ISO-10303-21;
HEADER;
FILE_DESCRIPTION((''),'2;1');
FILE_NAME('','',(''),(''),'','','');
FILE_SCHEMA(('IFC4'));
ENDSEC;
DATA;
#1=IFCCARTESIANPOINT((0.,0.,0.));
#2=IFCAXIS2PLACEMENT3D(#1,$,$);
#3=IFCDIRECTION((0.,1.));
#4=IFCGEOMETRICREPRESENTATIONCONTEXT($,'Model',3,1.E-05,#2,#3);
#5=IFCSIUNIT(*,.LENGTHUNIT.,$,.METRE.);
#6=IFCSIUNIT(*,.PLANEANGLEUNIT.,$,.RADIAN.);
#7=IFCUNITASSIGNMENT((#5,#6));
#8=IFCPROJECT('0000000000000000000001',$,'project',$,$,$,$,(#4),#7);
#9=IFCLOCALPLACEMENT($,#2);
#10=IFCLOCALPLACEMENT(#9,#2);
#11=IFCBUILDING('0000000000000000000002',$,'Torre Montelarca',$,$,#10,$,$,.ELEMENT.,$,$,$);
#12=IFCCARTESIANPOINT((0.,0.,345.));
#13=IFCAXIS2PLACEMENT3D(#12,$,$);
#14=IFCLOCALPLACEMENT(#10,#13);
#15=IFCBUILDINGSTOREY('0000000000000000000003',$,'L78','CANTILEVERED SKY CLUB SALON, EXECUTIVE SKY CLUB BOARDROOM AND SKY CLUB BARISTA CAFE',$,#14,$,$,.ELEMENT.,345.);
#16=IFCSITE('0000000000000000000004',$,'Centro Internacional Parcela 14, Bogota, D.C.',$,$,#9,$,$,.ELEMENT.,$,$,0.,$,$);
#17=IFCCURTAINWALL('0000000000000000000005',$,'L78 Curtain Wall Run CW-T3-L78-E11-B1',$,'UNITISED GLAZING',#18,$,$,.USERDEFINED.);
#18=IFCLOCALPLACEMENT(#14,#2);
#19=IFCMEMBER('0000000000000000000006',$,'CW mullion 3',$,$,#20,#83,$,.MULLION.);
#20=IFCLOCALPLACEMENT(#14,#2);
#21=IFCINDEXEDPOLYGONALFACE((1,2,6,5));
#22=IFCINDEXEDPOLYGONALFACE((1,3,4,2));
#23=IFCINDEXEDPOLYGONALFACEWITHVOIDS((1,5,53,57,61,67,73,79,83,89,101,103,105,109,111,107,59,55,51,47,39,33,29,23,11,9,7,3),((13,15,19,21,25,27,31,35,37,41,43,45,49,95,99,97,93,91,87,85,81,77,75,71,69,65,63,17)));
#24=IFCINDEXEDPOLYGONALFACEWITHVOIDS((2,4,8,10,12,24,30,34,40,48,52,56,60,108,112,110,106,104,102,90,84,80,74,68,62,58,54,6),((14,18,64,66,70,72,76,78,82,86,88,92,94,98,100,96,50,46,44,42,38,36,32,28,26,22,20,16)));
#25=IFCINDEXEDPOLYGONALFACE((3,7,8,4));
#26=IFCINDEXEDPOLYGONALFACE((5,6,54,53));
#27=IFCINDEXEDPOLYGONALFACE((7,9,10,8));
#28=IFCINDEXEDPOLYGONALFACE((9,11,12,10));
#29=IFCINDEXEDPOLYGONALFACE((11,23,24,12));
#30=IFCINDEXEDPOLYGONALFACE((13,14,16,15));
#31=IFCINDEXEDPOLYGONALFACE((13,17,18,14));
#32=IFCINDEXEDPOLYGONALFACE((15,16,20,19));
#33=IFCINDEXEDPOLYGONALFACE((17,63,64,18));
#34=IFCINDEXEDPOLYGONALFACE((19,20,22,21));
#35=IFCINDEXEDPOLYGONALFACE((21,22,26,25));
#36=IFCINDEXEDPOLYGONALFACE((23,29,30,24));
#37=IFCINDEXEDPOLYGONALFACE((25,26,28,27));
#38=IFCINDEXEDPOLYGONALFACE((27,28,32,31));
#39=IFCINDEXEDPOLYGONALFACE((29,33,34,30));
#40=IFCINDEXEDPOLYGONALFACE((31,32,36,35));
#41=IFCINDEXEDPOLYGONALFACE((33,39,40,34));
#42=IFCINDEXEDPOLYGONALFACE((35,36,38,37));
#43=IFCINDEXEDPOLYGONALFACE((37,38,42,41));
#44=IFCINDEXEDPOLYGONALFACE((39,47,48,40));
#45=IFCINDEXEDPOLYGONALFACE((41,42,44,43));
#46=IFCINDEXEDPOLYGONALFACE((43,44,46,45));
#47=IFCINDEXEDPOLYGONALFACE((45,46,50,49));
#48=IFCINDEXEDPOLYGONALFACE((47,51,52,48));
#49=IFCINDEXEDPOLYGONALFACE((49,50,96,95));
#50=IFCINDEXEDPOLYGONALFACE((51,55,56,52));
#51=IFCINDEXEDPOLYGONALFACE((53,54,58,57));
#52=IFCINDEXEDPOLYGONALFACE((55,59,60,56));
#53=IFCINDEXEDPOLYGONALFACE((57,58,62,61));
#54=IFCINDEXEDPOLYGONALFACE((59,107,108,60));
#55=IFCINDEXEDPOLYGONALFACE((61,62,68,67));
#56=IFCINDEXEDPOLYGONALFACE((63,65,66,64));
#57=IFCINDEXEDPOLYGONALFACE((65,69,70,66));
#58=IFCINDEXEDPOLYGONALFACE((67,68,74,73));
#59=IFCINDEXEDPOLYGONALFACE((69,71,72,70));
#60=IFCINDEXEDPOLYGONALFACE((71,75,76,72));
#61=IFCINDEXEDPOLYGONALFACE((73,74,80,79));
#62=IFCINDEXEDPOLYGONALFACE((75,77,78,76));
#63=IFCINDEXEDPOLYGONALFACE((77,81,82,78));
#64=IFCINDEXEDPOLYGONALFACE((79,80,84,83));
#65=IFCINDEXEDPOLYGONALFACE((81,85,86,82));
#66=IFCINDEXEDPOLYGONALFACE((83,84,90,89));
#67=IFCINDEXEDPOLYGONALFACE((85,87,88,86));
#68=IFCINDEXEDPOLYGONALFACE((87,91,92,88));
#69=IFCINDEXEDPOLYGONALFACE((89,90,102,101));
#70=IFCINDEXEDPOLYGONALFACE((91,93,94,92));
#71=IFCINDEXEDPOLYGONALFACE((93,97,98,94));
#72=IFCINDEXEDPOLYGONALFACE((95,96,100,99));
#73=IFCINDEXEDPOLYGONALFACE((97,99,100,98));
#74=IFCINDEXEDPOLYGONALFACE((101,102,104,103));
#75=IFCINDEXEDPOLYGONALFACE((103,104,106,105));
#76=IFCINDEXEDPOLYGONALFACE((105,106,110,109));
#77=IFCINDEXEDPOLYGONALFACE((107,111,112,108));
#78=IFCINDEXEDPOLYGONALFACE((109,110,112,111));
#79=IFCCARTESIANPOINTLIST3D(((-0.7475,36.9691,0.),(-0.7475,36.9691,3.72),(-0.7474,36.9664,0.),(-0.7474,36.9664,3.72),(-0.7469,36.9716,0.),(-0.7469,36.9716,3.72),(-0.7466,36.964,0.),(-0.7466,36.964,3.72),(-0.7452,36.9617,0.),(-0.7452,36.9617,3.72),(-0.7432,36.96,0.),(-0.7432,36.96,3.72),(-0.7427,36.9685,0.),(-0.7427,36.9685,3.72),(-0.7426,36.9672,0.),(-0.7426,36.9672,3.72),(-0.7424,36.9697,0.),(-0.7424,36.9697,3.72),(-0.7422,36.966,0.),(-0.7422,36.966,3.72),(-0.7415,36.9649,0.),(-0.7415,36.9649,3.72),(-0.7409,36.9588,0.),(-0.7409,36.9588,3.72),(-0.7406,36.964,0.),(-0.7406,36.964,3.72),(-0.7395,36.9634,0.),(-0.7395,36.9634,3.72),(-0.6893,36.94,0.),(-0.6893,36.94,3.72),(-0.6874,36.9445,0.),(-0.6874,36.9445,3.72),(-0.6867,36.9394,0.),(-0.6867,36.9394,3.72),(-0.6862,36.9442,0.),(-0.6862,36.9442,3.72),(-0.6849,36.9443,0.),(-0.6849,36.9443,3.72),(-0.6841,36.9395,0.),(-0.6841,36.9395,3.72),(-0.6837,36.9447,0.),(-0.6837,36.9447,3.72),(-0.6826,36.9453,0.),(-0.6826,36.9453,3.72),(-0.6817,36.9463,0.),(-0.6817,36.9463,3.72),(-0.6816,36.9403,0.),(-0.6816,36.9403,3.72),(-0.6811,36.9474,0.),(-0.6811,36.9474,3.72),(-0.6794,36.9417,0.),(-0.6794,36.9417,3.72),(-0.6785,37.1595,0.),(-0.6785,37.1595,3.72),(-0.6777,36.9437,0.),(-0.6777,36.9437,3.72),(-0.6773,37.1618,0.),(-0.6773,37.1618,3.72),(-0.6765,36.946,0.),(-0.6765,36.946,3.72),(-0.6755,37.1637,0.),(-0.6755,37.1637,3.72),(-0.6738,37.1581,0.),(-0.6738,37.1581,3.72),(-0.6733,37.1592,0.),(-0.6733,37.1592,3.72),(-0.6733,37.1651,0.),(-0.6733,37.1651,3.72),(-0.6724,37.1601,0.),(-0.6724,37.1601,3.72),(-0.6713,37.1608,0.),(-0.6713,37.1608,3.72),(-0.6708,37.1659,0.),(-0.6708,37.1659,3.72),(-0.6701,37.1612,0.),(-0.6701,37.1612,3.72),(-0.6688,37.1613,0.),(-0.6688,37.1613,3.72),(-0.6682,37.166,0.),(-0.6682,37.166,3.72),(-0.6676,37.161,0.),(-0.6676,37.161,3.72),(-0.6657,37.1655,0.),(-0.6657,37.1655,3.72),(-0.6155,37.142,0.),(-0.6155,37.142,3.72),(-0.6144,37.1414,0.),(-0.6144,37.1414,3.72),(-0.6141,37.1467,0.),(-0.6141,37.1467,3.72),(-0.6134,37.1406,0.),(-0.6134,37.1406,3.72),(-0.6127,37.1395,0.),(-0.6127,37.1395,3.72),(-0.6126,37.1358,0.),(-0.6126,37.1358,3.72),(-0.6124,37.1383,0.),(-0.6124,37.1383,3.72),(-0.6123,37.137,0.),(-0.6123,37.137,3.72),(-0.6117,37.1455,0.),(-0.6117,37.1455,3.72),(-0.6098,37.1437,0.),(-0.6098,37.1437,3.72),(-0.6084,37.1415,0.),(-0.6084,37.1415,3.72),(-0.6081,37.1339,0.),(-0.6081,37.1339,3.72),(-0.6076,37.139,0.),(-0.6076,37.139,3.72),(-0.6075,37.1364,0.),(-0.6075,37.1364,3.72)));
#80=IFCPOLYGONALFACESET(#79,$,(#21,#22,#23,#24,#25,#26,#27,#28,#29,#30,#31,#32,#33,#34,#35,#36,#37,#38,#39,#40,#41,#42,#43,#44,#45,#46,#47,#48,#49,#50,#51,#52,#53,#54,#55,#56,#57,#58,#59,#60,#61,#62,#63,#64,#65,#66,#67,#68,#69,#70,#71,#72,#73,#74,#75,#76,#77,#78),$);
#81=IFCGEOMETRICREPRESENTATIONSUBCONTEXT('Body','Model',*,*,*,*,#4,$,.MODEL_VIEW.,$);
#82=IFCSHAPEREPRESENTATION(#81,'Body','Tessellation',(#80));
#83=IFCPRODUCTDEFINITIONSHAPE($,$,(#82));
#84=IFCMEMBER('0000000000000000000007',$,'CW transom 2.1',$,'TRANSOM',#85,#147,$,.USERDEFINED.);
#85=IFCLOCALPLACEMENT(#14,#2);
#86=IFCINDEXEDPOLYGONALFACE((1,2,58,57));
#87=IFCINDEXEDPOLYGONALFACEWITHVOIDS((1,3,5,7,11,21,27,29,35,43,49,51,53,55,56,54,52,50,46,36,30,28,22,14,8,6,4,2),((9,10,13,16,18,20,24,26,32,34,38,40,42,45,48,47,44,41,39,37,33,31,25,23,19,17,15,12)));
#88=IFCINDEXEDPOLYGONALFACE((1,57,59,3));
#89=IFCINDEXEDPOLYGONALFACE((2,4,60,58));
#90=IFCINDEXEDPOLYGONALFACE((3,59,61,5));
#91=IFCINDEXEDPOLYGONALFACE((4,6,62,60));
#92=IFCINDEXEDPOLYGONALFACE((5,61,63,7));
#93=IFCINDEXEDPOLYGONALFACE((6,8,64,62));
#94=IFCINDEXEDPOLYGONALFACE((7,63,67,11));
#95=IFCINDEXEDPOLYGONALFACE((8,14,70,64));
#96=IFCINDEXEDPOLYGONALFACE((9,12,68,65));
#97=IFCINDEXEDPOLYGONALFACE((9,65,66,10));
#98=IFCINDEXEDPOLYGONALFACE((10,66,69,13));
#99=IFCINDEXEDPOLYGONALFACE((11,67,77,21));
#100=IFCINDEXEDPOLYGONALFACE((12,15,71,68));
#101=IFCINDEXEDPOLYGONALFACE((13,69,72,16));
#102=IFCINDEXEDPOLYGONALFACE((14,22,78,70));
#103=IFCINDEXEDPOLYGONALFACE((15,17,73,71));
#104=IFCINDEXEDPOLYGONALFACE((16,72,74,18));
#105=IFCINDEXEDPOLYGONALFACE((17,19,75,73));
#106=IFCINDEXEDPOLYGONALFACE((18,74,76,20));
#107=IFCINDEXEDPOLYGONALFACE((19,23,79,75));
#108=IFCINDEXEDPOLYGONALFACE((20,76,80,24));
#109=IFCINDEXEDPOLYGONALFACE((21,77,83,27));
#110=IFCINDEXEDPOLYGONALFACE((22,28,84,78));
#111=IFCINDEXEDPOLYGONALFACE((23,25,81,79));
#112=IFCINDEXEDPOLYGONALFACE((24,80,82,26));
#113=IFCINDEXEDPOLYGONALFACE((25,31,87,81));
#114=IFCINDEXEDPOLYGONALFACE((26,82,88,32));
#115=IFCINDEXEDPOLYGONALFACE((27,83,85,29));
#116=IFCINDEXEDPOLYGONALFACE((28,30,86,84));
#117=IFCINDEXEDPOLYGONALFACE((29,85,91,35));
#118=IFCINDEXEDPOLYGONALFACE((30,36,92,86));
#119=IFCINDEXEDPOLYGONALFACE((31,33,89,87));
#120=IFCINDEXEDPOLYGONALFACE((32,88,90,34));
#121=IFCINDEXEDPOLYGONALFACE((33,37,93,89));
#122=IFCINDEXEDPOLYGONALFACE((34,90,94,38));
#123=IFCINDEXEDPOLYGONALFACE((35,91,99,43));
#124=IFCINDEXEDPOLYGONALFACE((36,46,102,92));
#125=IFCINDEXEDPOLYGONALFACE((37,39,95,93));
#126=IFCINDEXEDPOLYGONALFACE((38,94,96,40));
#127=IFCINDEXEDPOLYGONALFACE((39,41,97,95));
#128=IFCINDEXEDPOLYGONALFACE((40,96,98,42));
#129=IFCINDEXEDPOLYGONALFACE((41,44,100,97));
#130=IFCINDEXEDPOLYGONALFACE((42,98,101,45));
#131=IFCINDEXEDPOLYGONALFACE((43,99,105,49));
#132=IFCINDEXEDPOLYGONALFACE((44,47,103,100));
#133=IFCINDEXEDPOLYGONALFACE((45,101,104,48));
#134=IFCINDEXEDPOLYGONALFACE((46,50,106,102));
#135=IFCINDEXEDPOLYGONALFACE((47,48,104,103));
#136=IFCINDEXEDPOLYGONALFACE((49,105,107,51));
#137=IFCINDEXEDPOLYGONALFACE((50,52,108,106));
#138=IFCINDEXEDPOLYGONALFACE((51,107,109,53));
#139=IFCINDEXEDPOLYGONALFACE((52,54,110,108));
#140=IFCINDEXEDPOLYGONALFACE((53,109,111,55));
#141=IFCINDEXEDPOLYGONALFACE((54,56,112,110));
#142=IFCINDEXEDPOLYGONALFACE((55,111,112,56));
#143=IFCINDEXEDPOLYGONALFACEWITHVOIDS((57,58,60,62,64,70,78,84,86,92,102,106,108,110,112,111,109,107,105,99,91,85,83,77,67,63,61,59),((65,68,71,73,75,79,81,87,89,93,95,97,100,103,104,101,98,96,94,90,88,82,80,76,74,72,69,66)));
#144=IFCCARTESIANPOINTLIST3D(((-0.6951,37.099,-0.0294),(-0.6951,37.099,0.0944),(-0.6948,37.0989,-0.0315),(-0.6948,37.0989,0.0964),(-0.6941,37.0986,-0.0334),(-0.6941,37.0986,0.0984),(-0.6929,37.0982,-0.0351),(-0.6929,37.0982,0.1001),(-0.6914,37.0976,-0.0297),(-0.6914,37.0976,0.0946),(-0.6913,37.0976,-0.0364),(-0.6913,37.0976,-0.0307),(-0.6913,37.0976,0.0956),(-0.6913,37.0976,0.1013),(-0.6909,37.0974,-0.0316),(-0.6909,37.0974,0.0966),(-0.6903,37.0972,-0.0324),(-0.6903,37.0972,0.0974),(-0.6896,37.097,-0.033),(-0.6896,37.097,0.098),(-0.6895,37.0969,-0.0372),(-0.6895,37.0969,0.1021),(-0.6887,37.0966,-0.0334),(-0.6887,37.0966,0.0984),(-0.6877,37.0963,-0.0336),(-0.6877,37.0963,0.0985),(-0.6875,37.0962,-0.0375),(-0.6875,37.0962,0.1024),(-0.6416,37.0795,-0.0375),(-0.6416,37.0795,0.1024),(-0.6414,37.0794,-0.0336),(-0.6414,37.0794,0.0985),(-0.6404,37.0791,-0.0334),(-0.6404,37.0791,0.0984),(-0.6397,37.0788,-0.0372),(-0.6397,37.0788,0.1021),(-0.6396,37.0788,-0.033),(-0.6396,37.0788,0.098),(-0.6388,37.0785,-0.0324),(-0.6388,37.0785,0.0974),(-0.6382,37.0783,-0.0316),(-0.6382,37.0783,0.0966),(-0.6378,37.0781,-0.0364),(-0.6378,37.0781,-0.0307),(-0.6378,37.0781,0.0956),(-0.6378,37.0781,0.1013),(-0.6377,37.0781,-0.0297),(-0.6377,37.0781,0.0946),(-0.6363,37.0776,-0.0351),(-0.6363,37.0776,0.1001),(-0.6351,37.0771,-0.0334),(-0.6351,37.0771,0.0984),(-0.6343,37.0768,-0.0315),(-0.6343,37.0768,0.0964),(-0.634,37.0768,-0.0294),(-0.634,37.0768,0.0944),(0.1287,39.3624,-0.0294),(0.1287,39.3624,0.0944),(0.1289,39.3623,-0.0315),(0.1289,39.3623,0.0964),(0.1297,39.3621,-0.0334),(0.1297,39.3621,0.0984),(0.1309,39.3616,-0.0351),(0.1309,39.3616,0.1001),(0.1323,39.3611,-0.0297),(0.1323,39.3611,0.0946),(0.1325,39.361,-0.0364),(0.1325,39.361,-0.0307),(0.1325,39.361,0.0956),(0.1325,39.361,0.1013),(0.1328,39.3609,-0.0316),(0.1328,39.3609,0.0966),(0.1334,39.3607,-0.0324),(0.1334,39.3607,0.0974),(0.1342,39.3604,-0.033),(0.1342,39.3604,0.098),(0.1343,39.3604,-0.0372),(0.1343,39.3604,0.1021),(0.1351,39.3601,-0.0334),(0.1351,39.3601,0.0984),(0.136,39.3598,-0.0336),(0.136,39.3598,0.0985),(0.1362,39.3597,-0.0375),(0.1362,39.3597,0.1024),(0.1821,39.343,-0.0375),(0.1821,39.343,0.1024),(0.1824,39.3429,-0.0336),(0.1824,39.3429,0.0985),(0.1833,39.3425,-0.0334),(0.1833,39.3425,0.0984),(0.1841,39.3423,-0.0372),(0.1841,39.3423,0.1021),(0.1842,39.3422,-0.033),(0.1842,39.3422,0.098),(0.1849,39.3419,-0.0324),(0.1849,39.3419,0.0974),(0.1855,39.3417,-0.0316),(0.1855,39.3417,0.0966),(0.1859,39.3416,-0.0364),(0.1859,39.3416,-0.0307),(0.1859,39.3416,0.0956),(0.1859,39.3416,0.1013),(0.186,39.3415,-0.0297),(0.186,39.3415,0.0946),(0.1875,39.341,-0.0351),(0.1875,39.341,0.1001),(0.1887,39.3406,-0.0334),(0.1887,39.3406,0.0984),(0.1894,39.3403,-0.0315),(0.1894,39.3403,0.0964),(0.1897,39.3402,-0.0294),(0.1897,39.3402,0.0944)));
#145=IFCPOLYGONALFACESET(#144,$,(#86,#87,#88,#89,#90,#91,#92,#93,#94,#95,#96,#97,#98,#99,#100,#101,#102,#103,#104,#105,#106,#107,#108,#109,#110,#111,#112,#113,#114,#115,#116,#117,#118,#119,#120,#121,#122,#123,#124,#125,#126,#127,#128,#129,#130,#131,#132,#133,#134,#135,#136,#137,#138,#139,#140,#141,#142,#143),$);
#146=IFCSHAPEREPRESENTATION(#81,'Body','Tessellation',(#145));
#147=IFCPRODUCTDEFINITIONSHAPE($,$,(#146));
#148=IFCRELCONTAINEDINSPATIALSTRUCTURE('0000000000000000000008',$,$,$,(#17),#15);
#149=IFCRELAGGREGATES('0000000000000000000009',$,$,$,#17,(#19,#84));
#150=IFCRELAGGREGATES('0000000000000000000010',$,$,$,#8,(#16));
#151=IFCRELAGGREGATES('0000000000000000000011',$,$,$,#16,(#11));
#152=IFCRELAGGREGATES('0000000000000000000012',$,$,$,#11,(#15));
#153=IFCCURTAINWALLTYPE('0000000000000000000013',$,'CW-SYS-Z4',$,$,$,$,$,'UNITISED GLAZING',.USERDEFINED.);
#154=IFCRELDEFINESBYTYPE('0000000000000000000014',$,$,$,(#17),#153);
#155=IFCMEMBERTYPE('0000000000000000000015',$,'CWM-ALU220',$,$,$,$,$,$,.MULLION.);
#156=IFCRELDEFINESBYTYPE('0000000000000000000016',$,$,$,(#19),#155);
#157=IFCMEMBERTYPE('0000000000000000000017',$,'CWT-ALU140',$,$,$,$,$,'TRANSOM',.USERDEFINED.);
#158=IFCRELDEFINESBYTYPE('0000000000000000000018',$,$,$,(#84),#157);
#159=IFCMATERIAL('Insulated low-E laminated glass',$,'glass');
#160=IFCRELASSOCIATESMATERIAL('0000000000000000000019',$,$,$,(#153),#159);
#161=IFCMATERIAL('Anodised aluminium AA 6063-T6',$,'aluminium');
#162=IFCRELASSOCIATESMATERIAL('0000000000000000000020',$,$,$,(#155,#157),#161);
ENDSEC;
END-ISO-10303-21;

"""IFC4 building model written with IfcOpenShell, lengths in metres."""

from ifc_helpers import new_model, si_unit, direction, frame, origin, origin_2d, place, context, subcontext, project, spatial, hollow_rectangle, extrude, source, transform, mapped, material, material_profile, profile_set, type_object, element, aggregate, save


model = new_model("IFC4")

# Units and contexts
model_context = context("Model", 3, precision=1e-05, world=origin(), true_north=direction((0.0, 1.0)))
body_context = subcontext(model_context, "Body", "Model", "MODEL_VIEW")
ifc_project = project(units=[si_unit("LENGTHUNIT", "METRE"), si_unit("PLANEANGLEUNIT", "RADIAN")], contexts=[model_context])

# Site, building, storey
site_placement = place(None, origin())
site = spatial("IfcSite", under=ifc_project, at=site_placement, Name="Centro Internacional Parcela 14, Bogota, D.C.", CompositionType="ELEMENT", RefElevation=0.0)
building_placement = place(site_placement, origin())
building = spatial("IfcBuilding", under=site, at=building_placement, Name="Torre Montelarca", CompositionType="ELEMENT")
storey_placement = place(building_placement, frame((0.0, 0.0, 345.0)))
storey = spatial("IfcBuildingStorey", under=building, at=storey_placement, Name="L78", Description="CANTILEVERED SKY CLUB SALON, EXECUTIVE SKY CLUB BOARDROOM AND SKY CLUB BARISTA CAFE", CompositionType="ELEMENT", Elevation=345.0)

# Shared definitions
ifc_material_1 = material(Name="Insulated low-E laminated glass", Category="glass")
curtain_wall_type = type_object("IfcCurtainWallType", Name="CW-SYS-Z4", ElementType="UNITISED GLAZING", PredefinedType="USERDEFINED", material=ifc_material_1)
ifc_material_2 = material(Name="Anodised aluminium AA 6063-T6", Category="aluminium")
ifc_material_profile_1 = material_profile(ifc_material_2, hollow_rectangle(XDim=0.075, YDim=0.22, WallThickness=0.0049, InnerFilletRadius=0.0049, OuterFilletRadius=0.01, at=origin_2d()), Name="ALU75X220X5", Category="aluminium")
ifc_profile_set_1 = profile_set([ifc_material_profile_1], Name="Anodised aluminium AA 6063-T6")
member_type_1 = type_object("IfcMemberType", Name="CWM-ALU220", PredefinedType="MULLION", material=ifc_profile_set_1)
shared_shape_1 = source(origin(), body_context, "Body", "SweptSolid", [
    extrude(hollow_rectangle(XDim=0.075, YDim=0.22, WallThickness=0.0049, InnerFilletRadius=0.0049, OuterFilletRadius=0.01, at=origin_2d()), origin(), (0.0, 0.0, 1.0), 3.72),
])

# Curtain wall, members
curtain_wall_1_placement = place(storey_placement, origin())
curtain_wall_1 = element("IfcCurtainWall", 1, at=curtain_wall_1_placement, inside=storey, type_object=curtain_wall_type, Name="L78 Curtain Wall Run CW-T3-L78-E11-B1", ObjectType="UNITISED GLAZING", PredefinedType="USERDEFINED")
member_1_placement = place(storey_placement, frame((-0.6775, 37.0527, 0.0), z_axis=(0.0, 0.0, 1.0), x_axis=(0.939694, -0.342015, 0.0)))
member_1 = element("IfcMember", 2, at=member_1_placement, type_object=member_type_1, Name="CW mullion 3", PredefinedType="MULLION", context=body_context, shape_type="MappedRepresentation", body=[
    mapped(shared_shape_1, transform((0.0, 0.0, 0.0), scale=1.0)),
])
ifc_material_profile_2 = material_profile(ifc_material_2, hollow_rectangle(XDim=0.0649, YDim=0.1399, WallThickness=0.0039, InnerFilletRadius=0.0039, OuterFilletRadius=0.0081, at=origin_2d()), Name="ALU65X140X4", Category="aluminium")
ifc_profile_set_2 = profile_set([ifc_material_profile_2], Name="Anodised aluminium AA 6063-T6")
member_type_2 = type_object("IfcMemberType", Name="CWT-ALU140", ElementType="TRANSOM", PredefinedType="USERDEFINED", material=ifc_profile_set_2)
shared_shape_2 = source(origin(), body_context, "Body", "SweptSolid", [
    extrude(hollow_rectangle(XDim=0.0649, YDim=0.1399, WallThickness=0.0039, InnerFilletRadius=0.0039, OuterFilletRadius=0.0081, at=origin_2d()), origin(), (0.0, 0.0, 1.0), 2.4087),
])
member_2_placement = place(storey_placement, frame((0.1592, 39.3513, 0.0325), z_axis=(-0.341987, -0.939705, 0.0), x_axis=(0.939705, -0.341987, 0.0)))
member_2 = element("IfcMember", 3, at=member_2_placement, type_object=member_type_2, Name="CW transom 2.1", ObjectType="TRANSOM", PredefinedType="USERDEFINED", context=body_context, shape_type="MappedRepresentation", body=[
    mapped(shared_shape_2, transform((0.0, 0.0, 0.0), scale=1.0)),
])

aggregate(curtain_wall_1, [member_1, member_2])

save(model, "model.ifc")
